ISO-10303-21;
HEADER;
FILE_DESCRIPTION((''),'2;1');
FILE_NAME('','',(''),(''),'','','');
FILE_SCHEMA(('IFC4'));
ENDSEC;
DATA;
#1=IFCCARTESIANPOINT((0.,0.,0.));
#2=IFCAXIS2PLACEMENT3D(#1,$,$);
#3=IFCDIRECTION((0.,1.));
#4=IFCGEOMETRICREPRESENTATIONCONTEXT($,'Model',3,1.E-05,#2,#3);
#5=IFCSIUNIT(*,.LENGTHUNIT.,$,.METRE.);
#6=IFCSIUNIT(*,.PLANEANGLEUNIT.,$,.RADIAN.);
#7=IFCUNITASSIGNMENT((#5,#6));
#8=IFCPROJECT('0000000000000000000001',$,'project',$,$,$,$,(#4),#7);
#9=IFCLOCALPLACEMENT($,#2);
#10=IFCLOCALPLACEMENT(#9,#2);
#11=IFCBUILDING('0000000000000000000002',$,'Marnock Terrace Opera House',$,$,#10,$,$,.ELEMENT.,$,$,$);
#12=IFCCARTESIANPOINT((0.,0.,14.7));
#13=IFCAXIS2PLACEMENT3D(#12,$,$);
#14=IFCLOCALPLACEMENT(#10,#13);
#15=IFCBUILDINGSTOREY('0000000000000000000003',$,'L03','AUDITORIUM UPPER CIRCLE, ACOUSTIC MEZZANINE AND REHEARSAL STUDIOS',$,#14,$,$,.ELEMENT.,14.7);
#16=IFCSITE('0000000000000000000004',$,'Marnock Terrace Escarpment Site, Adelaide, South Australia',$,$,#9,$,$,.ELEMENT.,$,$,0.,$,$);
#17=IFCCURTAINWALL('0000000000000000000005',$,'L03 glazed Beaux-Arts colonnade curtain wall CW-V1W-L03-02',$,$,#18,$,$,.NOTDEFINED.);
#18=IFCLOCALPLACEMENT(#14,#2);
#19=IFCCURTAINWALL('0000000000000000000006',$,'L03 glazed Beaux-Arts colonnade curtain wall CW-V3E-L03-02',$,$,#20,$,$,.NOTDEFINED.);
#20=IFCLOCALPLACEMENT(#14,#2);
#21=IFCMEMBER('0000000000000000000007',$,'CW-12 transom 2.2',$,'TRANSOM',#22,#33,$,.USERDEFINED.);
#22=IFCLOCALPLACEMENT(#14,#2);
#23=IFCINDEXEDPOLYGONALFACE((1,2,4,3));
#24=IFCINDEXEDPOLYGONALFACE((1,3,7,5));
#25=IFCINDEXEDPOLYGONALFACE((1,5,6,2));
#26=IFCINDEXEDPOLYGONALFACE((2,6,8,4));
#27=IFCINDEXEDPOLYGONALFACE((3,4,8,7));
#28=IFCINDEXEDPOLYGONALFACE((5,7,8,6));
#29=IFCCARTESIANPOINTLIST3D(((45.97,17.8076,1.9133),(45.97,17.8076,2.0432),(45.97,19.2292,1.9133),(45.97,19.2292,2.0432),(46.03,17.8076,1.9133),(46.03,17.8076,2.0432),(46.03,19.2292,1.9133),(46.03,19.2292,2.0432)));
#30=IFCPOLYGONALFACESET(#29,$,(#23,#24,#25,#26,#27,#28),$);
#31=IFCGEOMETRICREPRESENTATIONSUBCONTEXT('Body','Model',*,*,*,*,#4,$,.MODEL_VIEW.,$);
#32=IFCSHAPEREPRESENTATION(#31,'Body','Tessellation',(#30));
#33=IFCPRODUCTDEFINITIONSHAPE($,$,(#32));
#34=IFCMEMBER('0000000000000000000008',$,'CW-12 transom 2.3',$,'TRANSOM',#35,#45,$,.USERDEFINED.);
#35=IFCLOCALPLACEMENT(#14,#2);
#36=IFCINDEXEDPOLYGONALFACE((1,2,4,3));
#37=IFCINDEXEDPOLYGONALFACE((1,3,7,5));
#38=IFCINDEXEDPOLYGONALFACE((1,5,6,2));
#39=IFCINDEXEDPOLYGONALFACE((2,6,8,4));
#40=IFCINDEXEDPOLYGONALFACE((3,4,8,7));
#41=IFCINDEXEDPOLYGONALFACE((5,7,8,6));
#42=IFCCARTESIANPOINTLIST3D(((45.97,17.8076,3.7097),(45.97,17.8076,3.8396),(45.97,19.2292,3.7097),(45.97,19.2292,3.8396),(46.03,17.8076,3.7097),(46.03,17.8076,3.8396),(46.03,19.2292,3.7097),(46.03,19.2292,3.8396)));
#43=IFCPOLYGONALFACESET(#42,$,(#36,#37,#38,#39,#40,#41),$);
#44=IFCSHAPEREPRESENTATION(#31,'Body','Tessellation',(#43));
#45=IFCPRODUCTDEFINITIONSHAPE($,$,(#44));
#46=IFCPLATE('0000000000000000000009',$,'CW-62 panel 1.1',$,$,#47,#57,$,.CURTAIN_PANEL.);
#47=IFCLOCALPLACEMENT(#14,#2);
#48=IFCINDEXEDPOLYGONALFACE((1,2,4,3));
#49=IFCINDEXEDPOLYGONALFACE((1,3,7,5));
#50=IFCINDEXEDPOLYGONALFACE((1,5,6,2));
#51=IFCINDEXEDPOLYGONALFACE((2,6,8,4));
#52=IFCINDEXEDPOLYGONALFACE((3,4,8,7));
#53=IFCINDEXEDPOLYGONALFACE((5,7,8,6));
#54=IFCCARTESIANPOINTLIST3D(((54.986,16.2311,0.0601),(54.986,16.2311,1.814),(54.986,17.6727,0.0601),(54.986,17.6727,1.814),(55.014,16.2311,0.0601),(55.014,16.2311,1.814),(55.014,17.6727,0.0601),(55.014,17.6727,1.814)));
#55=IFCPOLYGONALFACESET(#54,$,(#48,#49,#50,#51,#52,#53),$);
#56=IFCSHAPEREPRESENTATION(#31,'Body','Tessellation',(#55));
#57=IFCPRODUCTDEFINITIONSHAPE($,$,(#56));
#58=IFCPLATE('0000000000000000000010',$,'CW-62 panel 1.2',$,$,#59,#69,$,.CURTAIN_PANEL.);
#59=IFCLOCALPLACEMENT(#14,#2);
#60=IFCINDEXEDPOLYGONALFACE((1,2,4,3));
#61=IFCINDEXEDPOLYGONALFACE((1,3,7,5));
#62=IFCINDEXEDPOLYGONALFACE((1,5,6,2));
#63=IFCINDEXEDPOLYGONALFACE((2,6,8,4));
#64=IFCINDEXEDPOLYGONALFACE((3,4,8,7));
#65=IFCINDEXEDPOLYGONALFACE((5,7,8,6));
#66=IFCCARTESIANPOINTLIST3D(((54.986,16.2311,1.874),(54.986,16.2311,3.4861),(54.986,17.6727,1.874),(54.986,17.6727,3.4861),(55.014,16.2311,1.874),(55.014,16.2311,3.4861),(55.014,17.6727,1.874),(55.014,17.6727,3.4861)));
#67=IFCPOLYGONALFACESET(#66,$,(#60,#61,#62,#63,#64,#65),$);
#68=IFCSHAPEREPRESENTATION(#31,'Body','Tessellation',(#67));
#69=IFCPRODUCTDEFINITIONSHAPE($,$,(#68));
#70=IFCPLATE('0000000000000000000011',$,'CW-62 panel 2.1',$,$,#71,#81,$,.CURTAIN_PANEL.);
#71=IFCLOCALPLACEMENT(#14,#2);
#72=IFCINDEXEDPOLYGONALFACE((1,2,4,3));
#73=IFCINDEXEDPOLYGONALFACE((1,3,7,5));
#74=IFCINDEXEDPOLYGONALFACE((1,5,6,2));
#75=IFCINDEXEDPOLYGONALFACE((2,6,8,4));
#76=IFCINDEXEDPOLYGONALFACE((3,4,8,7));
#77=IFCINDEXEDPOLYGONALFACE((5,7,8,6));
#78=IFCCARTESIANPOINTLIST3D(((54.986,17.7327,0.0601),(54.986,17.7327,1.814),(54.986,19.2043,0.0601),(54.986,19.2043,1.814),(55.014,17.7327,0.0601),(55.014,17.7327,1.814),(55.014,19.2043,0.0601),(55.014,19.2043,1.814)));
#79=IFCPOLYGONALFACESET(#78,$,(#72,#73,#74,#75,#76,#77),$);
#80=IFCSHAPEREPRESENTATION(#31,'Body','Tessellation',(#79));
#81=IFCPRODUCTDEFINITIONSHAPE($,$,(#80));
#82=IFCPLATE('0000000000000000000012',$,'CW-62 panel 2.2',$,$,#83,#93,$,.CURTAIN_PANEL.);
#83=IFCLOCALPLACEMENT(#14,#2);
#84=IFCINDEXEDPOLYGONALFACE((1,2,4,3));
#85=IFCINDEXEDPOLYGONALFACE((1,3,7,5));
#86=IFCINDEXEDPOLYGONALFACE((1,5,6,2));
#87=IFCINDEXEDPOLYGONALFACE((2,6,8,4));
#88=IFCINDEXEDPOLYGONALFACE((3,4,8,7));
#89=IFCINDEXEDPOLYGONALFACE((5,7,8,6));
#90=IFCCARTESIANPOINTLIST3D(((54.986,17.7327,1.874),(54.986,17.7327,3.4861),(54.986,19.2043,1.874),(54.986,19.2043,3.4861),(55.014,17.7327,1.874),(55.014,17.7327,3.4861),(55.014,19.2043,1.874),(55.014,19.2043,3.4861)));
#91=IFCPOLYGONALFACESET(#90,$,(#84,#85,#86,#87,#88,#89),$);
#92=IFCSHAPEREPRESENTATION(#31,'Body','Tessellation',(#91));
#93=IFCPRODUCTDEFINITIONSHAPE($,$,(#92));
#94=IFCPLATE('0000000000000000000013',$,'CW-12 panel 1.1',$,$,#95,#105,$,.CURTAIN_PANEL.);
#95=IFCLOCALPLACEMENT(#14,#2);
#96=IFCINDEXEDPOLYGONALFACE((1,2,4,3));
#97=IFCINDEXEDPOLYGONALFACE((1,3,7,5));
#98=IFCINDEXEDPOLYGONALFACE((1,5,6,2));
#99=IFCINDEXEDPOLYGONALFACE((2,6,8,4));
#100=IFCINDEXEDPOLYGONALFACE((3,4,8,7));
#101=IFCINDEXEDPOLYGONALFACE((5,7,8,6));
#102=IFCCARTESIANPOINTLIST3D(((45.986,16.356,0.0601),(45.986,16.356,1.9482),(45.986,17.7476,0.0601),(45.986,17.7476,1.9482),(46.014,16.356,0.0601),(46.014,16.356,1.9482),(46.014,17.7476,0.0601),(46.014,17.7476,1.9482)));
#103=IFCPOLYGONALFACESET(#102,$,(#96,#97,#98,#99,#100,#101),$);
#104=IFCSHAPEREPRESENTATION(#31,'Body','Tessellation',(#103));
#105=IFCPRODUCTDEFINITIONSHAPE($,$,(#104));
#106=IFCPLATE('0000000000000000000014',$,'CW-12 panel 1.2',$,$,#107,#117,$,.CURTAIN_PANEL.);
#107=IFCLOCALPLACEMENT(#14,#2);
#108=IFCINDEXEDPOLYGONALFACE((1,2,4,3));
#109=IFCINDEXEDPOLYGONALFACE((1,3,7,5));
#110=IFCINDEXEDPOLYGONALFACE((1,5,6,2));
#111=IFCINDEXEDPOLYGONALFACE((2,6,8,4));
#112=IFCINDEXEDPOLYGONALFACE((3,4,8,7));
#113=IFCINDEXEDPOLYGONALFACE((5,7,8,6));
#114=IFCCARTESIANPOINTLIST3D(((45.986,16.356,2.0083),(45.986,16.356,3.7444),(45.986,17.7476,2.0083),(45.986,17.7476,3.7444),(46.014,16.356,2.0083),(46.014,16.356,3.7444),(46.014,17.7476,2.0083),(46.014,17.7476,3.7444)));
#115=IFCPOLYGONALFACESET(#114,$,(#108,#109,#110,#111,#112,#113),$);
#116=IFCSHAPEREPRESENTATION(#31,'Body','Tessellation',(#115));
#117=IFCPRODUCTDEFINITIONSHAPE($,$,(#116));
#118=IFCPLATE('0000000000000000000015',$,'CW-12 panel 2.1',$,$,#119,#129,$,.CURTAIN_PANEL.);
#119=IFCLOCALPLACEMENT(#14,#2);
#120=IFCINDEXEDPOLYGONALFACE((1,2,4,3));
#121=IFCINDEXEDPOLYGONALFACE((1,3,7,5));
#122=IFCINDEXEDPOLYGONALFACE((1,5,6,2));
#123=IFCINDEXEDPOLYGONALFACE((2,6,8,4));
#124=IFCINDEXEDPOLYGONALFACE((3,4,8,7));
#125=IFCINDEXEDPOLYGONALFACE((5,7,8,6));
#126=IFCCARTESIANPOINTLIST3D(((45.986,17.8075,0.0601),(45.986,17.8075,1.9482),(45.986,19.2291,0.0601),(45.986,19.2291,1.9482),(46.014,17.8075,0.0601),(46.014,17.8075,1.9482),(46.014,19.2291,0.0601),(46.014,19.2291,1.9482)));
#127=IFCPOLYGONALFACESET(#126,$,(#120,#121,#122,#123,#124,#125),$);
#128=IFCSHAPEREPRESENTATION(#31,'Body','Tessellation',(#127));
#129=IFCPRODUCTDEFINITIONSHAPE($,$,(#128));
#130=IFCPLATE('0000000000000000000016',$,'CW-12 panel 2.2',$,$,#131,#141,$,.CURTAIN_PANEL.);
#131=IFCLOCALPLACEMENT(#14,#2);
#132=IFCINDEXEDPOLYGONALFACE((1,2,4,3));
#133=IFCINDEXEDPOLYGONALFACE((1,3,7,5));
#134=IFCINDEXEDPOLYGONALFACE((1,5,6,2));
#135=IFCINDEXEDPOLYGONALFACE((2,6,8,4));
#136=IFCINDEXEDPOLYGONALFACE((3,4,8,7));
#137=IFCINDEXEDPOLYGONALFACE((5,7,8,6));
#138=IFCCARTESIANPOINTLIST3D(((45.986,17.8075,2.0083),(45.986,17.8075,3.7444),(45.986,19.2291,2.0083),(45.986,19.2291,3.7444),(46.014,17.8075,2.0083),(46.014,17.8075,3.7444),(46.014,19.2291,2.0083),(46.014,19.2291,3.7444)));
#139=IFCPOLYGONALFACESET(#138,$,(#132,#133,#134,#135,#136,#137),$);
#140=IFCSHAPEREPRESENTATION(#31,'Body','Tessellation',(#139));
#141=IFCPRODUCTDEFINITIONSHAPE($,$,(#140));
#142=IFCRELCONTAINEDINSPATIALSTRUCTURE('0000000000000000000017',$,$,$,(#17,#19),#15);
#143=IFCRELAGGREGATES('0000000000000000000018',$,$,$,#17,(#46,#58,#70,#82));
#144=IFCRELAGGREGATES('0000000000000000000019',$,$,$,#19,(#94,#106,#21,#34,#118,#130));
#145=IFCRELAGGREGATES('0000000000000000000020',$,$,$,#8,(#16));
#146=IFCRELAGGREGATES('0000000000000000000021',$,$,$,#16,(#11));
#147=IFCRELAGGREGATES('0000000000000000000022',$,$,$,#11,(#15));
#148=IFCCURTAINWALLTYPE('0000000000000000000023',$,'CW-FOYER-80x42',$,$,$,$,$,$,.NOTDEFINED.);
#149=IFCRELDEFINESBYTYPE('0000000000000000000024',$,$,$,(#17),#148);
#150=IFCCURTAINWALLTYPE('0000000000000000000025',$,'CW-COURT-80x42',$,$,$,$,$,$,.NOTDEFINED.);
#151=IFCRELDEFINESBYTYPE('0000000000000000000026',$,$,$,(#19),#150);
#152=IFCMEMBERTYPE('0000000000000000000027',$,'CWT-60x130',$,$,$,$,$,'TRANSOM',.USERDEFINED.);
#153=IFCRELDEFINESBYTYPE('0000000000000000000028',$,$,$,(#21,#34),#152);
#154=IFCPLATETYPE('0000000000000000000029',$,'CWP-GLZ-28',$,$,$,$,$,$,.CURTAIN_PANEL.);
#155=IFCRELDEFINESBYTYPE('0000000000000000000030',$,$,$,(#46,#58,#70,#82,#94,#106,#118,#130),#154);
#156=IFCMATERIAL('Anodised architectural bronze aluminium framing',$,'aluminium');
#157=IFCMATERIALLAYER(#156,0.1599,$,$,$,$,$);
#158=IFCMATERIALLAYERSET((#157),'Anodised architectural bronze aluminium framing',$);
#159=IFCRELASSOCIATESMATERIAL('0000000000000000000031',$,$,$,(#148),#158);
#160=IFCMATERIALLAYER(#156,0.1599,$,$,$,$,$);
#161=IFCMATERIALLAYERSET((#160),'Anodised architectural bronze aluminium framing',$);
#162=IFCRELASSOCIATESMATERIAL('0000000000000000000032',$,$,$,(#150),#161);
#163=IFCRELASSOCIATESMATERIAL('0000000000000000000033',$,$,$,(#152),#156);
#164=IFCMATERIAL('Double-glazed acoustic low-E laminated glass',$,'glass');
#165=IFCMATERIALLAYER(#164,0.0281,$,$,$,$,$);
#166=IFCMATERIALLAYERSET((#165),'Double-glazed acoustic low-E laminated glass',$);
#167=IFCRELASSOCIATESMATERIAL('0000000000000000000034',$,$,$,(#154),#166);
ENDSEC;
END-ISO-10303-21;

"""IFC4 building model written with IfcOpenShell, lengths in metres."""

from ifc_helpers import new_model, si_unit, direction, frame, origin, origin_2d, place, context, subcontext, project, spatial, rectangle, extrude, material, layer, layer_set, material_profile, profile_set, type_object, element, aggregate, save


model = new_model("IFC4")

# Units and contexts
model_context = context("Model", 3, precision=1e-05, world=origin(), true_north=direction((0.0, 1.0)))
body_context = subcontext(model_context, "Body", "Model", "MODEL_VIEW")
ifc_project = project(units=[si_unit("LENGTHUNIT", "METRE"), si_unit("PLANEANGLEUNIT", "RADIAN")], contexts=[model_context])

# Site, building, storey
site_placement = place(None, origin())
site = spatial("IfcSite", under=ifc_project, at=site_placement, Name="Marnock Terrace Escarpment Site, Adelaide, South Australia", CompositionType="ELEMENT", RefElevation=0.0)
building_placement = place(site_placement, origin())
building = spatial("IfcBuilding", under=site, at=building_placement, Name="Marnock Terrace Opera House", CompositionType="ELEMENT")
storey_placement = place(building_placement, frame((0.0, 0.0, 14.7)))
storey = spatial("IfcBuildingStorey", under=building, at=storey_placement, Name="L03", Description="AUDITORIUM UPPER CIRCLE, ACOUSTIC MEZZANINE AND REHEARSAL STUDIOS", CompositionType="ELEMENT", Elevation=14.7)

# Shared definitions
ifc_material_1 = material(Name="Anodised architectural bronze aluminium framing", Category="aluminium")
ifc_layer_1 = layer(ifc_material_1, 0.1599)
ifc_layer_set_1 = layer_set([ifc_layer_1], Name="Anodised architectural bronze aluminium framing")
curtain_wall_type_1 = type_object("IfcCurtainWallType", Name="CW-FOYER-80x42", PredefinedType="NOTDEFINED", material=ifc_layer_set_1)

# Curtain wall
curtain_wall_1_placement = place(storey_placement, origin())
curtain_wall_1 = element("IfcCurtainWall", 1, at=curtain_wall_1_placement, inside=storey, type_object=curtain_wall_type_1, Name="L03 glazed Beaux-Arts colonnade curtain wall CW-V1W-L03-02", PredefinedType="NOTDEFINED")

# Shared definitions
ifc_layer_2 = layer(ifc_material_1, 0.1599)
ifc_layer_set_2 = layer_set([ifc_layer_2], Name="Anodised architectural bronze aluminium framing")
curtain_wall_type_2 = type_object("IfcCurtainWallType", Name="CW-COURT-80x42", PredefinedType="NOTDEFINED", material=ifc_layer_set_2)

# Curtain wall
curtain_wall_2_placement = place(storey_placement, origin())
curtain_wall_2 = element("IfcCurtainWall", 2, at=curtain_wall_2_placement, inside=storey, type_object=curtain_wall_type_2, Name="L03 glazed Beaux-Arts colonnade curtain wall CW-V3E-L03-02", PredefinedType="NOTDEFINED")

# Members
ifc_material_profile_1 = material_profile(ifc_material_1, rectangle(XDim=0.0601, YDim=0.1299, at=origin_2d()))
ifc_profile_set_1 = profile_set([ifc_material_profile_1], Name="Anodised architectural bronze aluminium framing")
member_type_1 = type_object("IfcMemberType", Name="CWT-60x130", ElementType="TRANSOM", PredefinedType="USERDEFINED", material=ifc_profile_set_1)
member_1_placement = place(storey_placement, frame((46.0, 17.8076, 1.9783), z_axis=(0.0, 1.0, 0.0), x_axis=(-1.0, 0.0, 0.0)))
member_1 = element("IfcMember", 3, at=member_1_placement, type_object=member_type_1, Name="CW-12 transom 2.2", ObjectType="TRANSOM", PredefinedType="USERDEFINED", context=body_context, shape_type="SweptSolid", body=[
    extrude(rectangle(XDim=0.0601, YDim=0.1299, at=origin_2d()), origin(), (0.0, 0.0, 1.0), 1.4216),
])
member_2_placement = place(storey_placement, frame((46.0, 17.8076, 3.7747), z_axis=(0.0, 1.0, 0.0), x_axis=(-1.0, 0.0, 0.0)))
member_2 = element("IfcMember", 4, at=member_2_placement, type_object=member_type_1, Name="CW-12 transom 2.3", ObjectType="TRANSOM", PredefinedType="USERDEFINED", context=body_context, shape_type="SweptSolid", body=[
    extrude(rectangle(XDim=0.0601, YDim=0.1299, at=origin_2d()), origin(), (0.0, 0.0, 1.0), 1.4216),
])

# Plates
ifc_material_2 = material(Name="Double-glazed acoustic low-E laminated glass", Category="glass")
ifc_layer_3 = layer(ifc_material_2, 0.0281)
ifc_layer_set_3 = layer_set([ifc_layer_3], Name="Double-glazed acoustic low-E laminated glass")
plate_type = type_object("IfcPlateType", Name="CWP-GLZ-28", PredefinedType="CURTAIN_PANEL", material=ifc_layer_set_3)
plate_1_placement = place(storey_placement, frame((55.0, 16.9519, 0.0601), z_axis=(0.0, 0.0, 1.0), x_axis=(0.0, 1.0, 0.0)))
plate_1 = element("IfcPlate", 5, at=plate_1_placement, type_object=plate_type, Name="CW-62 panel 1.1", PredefinedType="CURTAIN_PANEL", context=body_context, shape_type="SweptSolid", body=[
    extrude(rectangle(XDim=1.4417, YDim=0.0281, at=origin_2d()), origin(), (0.0, 0.0, 1.0), 1.7539),
])
plate_2_placement = place(storey_placement, frame((55.0, 16.9519, 1.874), z_axis=(0.0, 0.0, 1.0), x_axis=(0.0, 1.0, 0.0)))
plate_2 = element("IfcPlate", 6, at=plate_2_placement, type_object=plate_type, Name="CW-62 panel 1.2", PredefinedType="CURTAIN_PANEL", context=body_context, shape_type="SweptSolid", body=[
    extrude(rectangle(XDim=1.4417, YDim=0.0281, at=origin_2d()), origin(), (0.0, 0.0, 1.0), 1.6121),
])
plate_3_placement = place(storey_placement, frame((55.0, 18.4685, 0.0601), z_axis=(0.0, 0.0, 1.0), x_axis=(0.0, 1.0, 0.0)))
plate_3 = element("IfcPlate", 7, at=plate_3_placement, type_object=plate_type, Name="CW-62 panel 2.1", PredefinedType="CURTAIN_PANEL", context=body_context, shape_type="SweptSolid", body=[
    extrude(rectangle(XDim=1.4717, YDim=0.0281, at=origin_2d()), origin(), (0.0, 0.0, 1.0), 1.7539),
])
plate_4_placement = place(storey_placement, frame((55.0, 18.4685, 1.874), z_axis=(0.0, 0.0, 1.0), x_axis=(0.0, 1.0, 0.0)))
plate_4 = element("IfcPlate", 8, at=plate_4_placement, type_object=plate_type, Name="CW-62 panel 2.2", PredefinedType="CURTAIN_PANEL", context=body_context, shape_type="SweptSolid", body=[
    extrude(rectangle(XDim=1.4717, YDim=0.0281, at=origin_2d()), origin(), (0.0, 0.0, 1.0), 1.6121),
])
aggregate(curtain_wall_1, [plate_1, plate_2, plate_3, plate_4])
plate_5_placement = place(storey_placement, frame((46.0, 17.0518, 0.0601), z_axis=(0.0, 0.0, 1.0), x_axis=(0.0, 1.0, 0.0)))
plate_5 = element("IfcPlate", 9, at=plate_5_placement, type_object=plate_type, Name="CW-12 panel 1.1", PredefinedType="CURTAIN_PANEL", context=body_context, shape_type="SweptSolid", body=[
    extrude(rectangle(XDim=1.3916, YDim=0.0281, at=origin_2d()), origin(), (0.0, 0.0, 1.0), 1.8882),
])
plate_6_placement = place(storey_placement, frame((46.0, 17.0518, 2.0083), z_axis=(0.0, 0.0, 1.0), x_axis=(0.0, 1.0, 0.0)))
plate_6 = element("IfcPlate", 10, at=plate_6_placement, type_object=plate_type, Name="CW-12 panel 1.2", PredefinedType="CURTAIN_PANEL", context=body_context, shape_type="SweptSolid", body=[
    extrude(rectangle(XDim=1.3916, YDim=0.0281, at=origin_2d()), origin(), (0.0, 0.0, 1.0), 1.7361),
])
plate_7_placement = place(storey_placement, frame((46.0, 18.5183, 0.0601), z_axis=(0.0, 0.0, 1.0), x_axis=(0.0, 1.0, 0.0)))
plate_7 = element("IfcPlate", 11, at=plate_7_placement, type_object=plate_type, Name="CW-12 panel 2.1", PredefinedType="CURTAIN_PANEL", context=body_context, shape_type="SweptSolid", body=[
    extrude(rectangle(XDim=1.4216, YDim=0.0281, at=origin_2d()), origin(), (0.0, 0.0, 1.0), 1.8882),
])
plate_8_placement = place(storey_placement, frame((46.0, 18.5183, 2.0083), z_axis=(0.0, 0.0, 1.0), x_axis=(0.0, 1.0, 0.0)))
plate_8 = element("IfcPlate", 12, at=plate_8_placement, type_object=plate_type, Name="CW-12 panel 2.2", PredefinedType="CURTAIN_PANEL", context=body_context, shape_type="SweptSolid", body=[
    extrude(rectangle(XDim=1.4216, YDim=0.0281, at=origin_2d()), origin(), (0.0, 0.0, 1.0), 1.7361),
])
aggregate(curtain_wall_2, [plate_5, plate_6, member_1, member_2, plate_7, plate_8])

save(model, "model.ifc")
